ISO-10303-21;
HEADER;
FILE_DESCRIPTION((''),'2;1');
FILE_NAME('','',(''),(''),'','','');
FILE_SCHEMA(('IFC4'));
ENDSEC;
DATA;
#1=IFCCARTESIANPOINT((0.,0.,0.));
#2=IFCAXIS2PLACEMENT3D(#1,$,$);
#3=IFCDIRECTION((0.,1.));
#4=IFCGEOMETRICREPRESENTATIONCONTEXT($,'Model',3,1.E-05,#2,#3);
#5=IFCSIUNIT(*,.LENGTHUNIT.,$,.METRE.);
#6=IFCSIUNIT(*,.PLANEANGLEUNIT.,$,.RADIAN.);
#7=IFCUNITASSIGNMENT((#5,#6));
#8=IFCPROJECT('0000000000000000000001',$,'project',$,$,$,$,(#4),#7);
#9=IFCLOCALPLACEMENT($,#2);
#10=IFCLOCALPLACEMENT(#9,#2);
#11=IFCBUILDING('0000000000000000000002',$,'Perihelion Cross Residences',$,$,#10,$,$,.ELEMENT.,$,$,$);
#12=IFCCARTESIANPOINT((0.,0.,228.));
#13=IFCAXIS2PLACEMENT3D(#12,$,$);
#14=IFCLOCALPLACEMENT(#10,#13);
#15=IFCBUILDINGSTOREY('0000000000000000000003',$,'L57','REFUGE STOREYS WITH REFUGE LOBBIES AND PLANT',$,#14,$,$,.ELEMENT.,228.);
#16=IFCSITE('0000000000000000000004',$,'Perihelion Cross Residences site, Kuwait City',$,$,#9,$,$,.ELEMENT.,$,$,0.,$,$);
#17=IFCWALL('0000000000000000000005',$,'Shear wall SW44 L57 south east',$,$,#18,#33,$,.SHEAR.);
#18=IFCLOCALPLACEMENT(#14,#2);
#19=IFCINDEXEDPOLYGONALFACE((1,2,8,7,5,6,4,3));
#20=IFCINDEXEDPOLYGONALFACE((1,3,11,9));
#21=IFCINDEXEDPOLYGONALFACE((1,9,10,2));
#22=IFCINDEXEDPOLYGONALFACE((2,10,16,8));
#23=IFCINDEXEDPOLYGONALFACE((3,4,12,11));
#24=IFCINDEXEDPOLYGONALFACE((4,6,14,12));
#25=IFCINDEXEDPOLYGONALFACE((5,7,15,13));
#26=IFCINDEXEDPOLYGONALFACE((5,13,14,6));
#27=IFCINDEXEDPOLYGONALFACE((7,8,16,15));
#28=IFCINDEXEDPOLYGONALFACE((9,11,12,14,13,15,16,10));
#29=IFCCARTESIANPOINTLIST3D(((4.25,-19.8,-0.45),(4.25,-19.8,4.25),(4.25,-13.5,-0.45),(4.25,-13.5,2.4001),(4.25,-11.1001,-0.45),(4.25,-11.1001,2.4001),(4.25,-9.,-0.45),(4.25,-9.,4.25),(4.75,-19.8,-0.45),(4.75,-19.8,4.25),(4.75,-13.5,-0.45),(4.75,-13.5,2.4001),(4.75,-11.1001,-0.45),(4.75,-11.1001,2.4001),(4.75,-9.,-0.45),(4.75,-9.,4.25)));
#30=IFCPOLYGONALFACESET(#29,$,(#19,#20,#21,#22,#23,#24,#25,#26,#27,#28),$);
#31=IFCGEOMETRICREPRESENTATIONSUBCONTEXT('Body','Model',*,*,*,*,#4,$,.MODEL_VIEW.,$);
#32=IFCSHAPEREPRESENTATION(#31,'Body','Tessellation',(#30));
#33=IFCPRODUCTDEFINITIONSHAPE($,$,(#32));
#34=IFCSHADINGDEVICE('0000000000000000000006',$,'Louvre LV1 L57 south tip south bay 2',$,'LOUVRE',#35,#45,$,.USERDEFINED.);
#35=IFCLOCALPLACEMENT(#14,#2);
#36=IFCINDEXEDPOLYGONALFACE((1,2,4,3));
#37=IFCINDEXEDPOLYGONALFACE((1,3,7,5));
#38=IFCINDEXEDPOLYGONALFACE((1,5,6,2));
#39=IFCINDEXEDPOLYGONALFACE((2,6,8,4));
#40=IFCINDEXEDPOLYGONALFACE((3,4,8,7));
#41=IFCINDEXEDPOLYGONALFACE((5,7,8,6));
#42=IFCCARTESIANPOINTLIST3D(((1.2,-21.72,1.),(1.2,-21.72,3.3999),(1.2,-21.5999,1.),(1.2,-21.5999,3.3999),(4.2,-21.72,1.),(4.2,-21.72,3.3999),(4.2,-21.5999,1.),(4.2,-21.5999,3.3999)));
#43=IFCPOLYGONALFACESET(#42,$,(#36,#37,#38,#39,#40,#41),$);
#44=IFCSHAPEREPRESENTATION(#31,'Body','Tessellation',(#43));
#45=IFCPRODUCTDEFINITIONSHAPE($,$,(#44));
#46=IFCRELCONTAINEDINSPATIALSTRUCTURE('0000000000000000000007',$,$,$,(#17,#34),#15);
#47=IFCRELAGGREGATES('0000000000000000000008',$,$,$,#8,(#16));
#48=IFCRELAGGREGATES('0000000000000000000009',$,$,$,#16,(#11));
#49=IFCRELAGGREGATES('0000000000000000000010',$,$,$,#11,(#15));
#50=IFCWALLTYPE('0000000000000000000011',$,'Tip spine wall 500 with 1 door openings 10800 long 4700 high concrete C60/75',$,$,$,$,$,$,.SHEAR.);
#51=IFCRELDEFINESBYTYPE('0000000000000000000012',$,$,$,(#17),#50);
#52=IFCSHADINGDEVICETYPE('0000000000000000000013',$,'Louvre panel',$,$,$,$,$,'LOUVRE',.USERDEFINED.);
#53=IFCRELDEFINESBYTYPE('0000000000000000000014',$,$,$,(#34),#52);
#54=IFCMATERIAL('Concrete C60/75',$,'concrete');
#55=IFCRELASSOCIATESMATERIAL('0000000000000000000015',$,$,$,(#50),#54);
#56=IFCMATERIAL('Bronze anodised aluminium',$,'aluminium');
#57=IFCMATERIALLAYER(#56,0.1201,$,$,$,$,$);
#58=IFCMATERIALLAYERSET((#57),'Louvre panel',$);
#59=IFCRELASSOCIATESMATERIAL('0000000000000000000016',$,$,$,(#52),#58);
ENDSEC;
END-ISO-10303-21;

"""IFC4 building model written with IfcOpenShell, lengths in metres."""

from ifc_helpers import new_model, si_unit, direction, frame, origin, origin_2d, place, context, subcontext, project, spatial, polyline, rectangle, outline, extrude, material, layer, layer_set, material_profile, profile_set, type_object, element, save


model = new_model("IFC4")

# Units and contexts
model_context = context("Model", 3, precision=1e-05, world=origin(), true_north=direction((0.0, 1.0)))
body_context = subcontext(model_context, "Body", "Model", "MODEL_VIEW")
ifc_project = project(units=[si_unit("LENGTHUNIT", "METRE"), si_unit("PLANEANGLEUNIT", "RADIAN")], contexts=[model_context])

# Site, building, storey
site_placement = place(None, origin())
site = spatial("IfcSite", under=ifc_project, at=site_placement, Name="Perihelion Cross Residences site, Kuwait City", CompositionType="ELEMENT", RefElevation=0.0)
building_placement = place(site_placement, origin())
building = spatial("IfcBuilding", under=site, at=building_placement, Name="Perihelion Cross Residences", CompositionType="ELEMENT")
storey_placement = place(building_placement, frame((0.0, 0.0, 228.0)))
storey = spatial("IfcBuildingStorey", under=building, at=storey_placement, Name="L57", Description="REFUGE STOREYS WITH REFUGE LOBBIES AND PLANT", CompositionType="ELEMENT", Elevation=228.0)

# Wall
ifc_material_1 = material(Name="Concrete C60/75", Category="concrete")
ifc_material_profile_1 = material_profile(ifc_material_1, outline(polyline([(0.0, 0.0), (6.3, 0.0), (6.3, 2.8501), (8.7, 2.8501), (8.7, 0.0), (10.8, 0.0), (10.8, 4.7), (0.0, 4.7), (0.0, 0.0)])), Name="Tip spine wall")
ifc_profile_set_1 = profile_set([ifc_material_profile_1], Name="Concrete C60/75")
wall_type_1 = type_object("IfcWallType", Name="Tip spine wall 500 with 1 door openings 10800 long 4700 high concrete C60/75", PredefinedType="SHEAR", material=ifc_profile_set_1)
wall_1_placement = place(storey_placement, frame((4.25, -19.8, -0.45), z_axis=(1.0, 0.0, 0.0), x_axis=(0.0, 1.0, 0.0)))
element("IfcWall", 1, at=wall_1_placement, inside=storey, type_object=wall_type_1, Name="Shear wall SW44 L57 south east", PredefinedType="SHEAR", context=body_context, shape_type="SweptSolid", body=[
    extrude(outline(polyline([(0.0, 0.0), (6.3, 0.0), (6.3, 2.8501), (8.7, 2.8501), (8.7, 0.0), (10.8, 0.0), (10.8, 4.7), (0.0, 4.7), (0.0, 0.0)])), origin(), (0.0, 0.0, 1.0), 0.5),
])

# Shading device
ifc_material_2 = material(Name="Bronze anodised aluminium", Category="aluminium")
ifc_layer_1 = layer(ifc_material_2, 0.1201)
ifc_layer_set_1 = layer_set([ifc_layer_1], Name="Louvre panel")
shading_device_type = type_object("IfcShadingDeviceType", Name="Louvre panel", ElementType="LOUVRE", PredefinedType="USERDEFINED", material=ifc_layer_set_1)
shading_device_placement = place(storey_placement, frame((2.7, -21.6599, 1.0), z_axis=(0.0, 0.0, 1.0), x_axis=(1.0, 0.0, 0.0)))
element("IfcShadingDevice", 2, at=shading_device_placement, inside=storey, type_object=shading_device_type, Name="Louvre LV1 L57 south tip south bay 2", ObjectType="LOUVRE", PredefinedType="USERDEFINED", context=body_context, shape_type="SweptSolid", body=[
    extrude(rectangle(XDim=3.0, YDim=0.1201, at=origin_2d()), origin(), (0.0, 0.0, 1.0), 2.3999),
])

save(model, "model.ifc")
